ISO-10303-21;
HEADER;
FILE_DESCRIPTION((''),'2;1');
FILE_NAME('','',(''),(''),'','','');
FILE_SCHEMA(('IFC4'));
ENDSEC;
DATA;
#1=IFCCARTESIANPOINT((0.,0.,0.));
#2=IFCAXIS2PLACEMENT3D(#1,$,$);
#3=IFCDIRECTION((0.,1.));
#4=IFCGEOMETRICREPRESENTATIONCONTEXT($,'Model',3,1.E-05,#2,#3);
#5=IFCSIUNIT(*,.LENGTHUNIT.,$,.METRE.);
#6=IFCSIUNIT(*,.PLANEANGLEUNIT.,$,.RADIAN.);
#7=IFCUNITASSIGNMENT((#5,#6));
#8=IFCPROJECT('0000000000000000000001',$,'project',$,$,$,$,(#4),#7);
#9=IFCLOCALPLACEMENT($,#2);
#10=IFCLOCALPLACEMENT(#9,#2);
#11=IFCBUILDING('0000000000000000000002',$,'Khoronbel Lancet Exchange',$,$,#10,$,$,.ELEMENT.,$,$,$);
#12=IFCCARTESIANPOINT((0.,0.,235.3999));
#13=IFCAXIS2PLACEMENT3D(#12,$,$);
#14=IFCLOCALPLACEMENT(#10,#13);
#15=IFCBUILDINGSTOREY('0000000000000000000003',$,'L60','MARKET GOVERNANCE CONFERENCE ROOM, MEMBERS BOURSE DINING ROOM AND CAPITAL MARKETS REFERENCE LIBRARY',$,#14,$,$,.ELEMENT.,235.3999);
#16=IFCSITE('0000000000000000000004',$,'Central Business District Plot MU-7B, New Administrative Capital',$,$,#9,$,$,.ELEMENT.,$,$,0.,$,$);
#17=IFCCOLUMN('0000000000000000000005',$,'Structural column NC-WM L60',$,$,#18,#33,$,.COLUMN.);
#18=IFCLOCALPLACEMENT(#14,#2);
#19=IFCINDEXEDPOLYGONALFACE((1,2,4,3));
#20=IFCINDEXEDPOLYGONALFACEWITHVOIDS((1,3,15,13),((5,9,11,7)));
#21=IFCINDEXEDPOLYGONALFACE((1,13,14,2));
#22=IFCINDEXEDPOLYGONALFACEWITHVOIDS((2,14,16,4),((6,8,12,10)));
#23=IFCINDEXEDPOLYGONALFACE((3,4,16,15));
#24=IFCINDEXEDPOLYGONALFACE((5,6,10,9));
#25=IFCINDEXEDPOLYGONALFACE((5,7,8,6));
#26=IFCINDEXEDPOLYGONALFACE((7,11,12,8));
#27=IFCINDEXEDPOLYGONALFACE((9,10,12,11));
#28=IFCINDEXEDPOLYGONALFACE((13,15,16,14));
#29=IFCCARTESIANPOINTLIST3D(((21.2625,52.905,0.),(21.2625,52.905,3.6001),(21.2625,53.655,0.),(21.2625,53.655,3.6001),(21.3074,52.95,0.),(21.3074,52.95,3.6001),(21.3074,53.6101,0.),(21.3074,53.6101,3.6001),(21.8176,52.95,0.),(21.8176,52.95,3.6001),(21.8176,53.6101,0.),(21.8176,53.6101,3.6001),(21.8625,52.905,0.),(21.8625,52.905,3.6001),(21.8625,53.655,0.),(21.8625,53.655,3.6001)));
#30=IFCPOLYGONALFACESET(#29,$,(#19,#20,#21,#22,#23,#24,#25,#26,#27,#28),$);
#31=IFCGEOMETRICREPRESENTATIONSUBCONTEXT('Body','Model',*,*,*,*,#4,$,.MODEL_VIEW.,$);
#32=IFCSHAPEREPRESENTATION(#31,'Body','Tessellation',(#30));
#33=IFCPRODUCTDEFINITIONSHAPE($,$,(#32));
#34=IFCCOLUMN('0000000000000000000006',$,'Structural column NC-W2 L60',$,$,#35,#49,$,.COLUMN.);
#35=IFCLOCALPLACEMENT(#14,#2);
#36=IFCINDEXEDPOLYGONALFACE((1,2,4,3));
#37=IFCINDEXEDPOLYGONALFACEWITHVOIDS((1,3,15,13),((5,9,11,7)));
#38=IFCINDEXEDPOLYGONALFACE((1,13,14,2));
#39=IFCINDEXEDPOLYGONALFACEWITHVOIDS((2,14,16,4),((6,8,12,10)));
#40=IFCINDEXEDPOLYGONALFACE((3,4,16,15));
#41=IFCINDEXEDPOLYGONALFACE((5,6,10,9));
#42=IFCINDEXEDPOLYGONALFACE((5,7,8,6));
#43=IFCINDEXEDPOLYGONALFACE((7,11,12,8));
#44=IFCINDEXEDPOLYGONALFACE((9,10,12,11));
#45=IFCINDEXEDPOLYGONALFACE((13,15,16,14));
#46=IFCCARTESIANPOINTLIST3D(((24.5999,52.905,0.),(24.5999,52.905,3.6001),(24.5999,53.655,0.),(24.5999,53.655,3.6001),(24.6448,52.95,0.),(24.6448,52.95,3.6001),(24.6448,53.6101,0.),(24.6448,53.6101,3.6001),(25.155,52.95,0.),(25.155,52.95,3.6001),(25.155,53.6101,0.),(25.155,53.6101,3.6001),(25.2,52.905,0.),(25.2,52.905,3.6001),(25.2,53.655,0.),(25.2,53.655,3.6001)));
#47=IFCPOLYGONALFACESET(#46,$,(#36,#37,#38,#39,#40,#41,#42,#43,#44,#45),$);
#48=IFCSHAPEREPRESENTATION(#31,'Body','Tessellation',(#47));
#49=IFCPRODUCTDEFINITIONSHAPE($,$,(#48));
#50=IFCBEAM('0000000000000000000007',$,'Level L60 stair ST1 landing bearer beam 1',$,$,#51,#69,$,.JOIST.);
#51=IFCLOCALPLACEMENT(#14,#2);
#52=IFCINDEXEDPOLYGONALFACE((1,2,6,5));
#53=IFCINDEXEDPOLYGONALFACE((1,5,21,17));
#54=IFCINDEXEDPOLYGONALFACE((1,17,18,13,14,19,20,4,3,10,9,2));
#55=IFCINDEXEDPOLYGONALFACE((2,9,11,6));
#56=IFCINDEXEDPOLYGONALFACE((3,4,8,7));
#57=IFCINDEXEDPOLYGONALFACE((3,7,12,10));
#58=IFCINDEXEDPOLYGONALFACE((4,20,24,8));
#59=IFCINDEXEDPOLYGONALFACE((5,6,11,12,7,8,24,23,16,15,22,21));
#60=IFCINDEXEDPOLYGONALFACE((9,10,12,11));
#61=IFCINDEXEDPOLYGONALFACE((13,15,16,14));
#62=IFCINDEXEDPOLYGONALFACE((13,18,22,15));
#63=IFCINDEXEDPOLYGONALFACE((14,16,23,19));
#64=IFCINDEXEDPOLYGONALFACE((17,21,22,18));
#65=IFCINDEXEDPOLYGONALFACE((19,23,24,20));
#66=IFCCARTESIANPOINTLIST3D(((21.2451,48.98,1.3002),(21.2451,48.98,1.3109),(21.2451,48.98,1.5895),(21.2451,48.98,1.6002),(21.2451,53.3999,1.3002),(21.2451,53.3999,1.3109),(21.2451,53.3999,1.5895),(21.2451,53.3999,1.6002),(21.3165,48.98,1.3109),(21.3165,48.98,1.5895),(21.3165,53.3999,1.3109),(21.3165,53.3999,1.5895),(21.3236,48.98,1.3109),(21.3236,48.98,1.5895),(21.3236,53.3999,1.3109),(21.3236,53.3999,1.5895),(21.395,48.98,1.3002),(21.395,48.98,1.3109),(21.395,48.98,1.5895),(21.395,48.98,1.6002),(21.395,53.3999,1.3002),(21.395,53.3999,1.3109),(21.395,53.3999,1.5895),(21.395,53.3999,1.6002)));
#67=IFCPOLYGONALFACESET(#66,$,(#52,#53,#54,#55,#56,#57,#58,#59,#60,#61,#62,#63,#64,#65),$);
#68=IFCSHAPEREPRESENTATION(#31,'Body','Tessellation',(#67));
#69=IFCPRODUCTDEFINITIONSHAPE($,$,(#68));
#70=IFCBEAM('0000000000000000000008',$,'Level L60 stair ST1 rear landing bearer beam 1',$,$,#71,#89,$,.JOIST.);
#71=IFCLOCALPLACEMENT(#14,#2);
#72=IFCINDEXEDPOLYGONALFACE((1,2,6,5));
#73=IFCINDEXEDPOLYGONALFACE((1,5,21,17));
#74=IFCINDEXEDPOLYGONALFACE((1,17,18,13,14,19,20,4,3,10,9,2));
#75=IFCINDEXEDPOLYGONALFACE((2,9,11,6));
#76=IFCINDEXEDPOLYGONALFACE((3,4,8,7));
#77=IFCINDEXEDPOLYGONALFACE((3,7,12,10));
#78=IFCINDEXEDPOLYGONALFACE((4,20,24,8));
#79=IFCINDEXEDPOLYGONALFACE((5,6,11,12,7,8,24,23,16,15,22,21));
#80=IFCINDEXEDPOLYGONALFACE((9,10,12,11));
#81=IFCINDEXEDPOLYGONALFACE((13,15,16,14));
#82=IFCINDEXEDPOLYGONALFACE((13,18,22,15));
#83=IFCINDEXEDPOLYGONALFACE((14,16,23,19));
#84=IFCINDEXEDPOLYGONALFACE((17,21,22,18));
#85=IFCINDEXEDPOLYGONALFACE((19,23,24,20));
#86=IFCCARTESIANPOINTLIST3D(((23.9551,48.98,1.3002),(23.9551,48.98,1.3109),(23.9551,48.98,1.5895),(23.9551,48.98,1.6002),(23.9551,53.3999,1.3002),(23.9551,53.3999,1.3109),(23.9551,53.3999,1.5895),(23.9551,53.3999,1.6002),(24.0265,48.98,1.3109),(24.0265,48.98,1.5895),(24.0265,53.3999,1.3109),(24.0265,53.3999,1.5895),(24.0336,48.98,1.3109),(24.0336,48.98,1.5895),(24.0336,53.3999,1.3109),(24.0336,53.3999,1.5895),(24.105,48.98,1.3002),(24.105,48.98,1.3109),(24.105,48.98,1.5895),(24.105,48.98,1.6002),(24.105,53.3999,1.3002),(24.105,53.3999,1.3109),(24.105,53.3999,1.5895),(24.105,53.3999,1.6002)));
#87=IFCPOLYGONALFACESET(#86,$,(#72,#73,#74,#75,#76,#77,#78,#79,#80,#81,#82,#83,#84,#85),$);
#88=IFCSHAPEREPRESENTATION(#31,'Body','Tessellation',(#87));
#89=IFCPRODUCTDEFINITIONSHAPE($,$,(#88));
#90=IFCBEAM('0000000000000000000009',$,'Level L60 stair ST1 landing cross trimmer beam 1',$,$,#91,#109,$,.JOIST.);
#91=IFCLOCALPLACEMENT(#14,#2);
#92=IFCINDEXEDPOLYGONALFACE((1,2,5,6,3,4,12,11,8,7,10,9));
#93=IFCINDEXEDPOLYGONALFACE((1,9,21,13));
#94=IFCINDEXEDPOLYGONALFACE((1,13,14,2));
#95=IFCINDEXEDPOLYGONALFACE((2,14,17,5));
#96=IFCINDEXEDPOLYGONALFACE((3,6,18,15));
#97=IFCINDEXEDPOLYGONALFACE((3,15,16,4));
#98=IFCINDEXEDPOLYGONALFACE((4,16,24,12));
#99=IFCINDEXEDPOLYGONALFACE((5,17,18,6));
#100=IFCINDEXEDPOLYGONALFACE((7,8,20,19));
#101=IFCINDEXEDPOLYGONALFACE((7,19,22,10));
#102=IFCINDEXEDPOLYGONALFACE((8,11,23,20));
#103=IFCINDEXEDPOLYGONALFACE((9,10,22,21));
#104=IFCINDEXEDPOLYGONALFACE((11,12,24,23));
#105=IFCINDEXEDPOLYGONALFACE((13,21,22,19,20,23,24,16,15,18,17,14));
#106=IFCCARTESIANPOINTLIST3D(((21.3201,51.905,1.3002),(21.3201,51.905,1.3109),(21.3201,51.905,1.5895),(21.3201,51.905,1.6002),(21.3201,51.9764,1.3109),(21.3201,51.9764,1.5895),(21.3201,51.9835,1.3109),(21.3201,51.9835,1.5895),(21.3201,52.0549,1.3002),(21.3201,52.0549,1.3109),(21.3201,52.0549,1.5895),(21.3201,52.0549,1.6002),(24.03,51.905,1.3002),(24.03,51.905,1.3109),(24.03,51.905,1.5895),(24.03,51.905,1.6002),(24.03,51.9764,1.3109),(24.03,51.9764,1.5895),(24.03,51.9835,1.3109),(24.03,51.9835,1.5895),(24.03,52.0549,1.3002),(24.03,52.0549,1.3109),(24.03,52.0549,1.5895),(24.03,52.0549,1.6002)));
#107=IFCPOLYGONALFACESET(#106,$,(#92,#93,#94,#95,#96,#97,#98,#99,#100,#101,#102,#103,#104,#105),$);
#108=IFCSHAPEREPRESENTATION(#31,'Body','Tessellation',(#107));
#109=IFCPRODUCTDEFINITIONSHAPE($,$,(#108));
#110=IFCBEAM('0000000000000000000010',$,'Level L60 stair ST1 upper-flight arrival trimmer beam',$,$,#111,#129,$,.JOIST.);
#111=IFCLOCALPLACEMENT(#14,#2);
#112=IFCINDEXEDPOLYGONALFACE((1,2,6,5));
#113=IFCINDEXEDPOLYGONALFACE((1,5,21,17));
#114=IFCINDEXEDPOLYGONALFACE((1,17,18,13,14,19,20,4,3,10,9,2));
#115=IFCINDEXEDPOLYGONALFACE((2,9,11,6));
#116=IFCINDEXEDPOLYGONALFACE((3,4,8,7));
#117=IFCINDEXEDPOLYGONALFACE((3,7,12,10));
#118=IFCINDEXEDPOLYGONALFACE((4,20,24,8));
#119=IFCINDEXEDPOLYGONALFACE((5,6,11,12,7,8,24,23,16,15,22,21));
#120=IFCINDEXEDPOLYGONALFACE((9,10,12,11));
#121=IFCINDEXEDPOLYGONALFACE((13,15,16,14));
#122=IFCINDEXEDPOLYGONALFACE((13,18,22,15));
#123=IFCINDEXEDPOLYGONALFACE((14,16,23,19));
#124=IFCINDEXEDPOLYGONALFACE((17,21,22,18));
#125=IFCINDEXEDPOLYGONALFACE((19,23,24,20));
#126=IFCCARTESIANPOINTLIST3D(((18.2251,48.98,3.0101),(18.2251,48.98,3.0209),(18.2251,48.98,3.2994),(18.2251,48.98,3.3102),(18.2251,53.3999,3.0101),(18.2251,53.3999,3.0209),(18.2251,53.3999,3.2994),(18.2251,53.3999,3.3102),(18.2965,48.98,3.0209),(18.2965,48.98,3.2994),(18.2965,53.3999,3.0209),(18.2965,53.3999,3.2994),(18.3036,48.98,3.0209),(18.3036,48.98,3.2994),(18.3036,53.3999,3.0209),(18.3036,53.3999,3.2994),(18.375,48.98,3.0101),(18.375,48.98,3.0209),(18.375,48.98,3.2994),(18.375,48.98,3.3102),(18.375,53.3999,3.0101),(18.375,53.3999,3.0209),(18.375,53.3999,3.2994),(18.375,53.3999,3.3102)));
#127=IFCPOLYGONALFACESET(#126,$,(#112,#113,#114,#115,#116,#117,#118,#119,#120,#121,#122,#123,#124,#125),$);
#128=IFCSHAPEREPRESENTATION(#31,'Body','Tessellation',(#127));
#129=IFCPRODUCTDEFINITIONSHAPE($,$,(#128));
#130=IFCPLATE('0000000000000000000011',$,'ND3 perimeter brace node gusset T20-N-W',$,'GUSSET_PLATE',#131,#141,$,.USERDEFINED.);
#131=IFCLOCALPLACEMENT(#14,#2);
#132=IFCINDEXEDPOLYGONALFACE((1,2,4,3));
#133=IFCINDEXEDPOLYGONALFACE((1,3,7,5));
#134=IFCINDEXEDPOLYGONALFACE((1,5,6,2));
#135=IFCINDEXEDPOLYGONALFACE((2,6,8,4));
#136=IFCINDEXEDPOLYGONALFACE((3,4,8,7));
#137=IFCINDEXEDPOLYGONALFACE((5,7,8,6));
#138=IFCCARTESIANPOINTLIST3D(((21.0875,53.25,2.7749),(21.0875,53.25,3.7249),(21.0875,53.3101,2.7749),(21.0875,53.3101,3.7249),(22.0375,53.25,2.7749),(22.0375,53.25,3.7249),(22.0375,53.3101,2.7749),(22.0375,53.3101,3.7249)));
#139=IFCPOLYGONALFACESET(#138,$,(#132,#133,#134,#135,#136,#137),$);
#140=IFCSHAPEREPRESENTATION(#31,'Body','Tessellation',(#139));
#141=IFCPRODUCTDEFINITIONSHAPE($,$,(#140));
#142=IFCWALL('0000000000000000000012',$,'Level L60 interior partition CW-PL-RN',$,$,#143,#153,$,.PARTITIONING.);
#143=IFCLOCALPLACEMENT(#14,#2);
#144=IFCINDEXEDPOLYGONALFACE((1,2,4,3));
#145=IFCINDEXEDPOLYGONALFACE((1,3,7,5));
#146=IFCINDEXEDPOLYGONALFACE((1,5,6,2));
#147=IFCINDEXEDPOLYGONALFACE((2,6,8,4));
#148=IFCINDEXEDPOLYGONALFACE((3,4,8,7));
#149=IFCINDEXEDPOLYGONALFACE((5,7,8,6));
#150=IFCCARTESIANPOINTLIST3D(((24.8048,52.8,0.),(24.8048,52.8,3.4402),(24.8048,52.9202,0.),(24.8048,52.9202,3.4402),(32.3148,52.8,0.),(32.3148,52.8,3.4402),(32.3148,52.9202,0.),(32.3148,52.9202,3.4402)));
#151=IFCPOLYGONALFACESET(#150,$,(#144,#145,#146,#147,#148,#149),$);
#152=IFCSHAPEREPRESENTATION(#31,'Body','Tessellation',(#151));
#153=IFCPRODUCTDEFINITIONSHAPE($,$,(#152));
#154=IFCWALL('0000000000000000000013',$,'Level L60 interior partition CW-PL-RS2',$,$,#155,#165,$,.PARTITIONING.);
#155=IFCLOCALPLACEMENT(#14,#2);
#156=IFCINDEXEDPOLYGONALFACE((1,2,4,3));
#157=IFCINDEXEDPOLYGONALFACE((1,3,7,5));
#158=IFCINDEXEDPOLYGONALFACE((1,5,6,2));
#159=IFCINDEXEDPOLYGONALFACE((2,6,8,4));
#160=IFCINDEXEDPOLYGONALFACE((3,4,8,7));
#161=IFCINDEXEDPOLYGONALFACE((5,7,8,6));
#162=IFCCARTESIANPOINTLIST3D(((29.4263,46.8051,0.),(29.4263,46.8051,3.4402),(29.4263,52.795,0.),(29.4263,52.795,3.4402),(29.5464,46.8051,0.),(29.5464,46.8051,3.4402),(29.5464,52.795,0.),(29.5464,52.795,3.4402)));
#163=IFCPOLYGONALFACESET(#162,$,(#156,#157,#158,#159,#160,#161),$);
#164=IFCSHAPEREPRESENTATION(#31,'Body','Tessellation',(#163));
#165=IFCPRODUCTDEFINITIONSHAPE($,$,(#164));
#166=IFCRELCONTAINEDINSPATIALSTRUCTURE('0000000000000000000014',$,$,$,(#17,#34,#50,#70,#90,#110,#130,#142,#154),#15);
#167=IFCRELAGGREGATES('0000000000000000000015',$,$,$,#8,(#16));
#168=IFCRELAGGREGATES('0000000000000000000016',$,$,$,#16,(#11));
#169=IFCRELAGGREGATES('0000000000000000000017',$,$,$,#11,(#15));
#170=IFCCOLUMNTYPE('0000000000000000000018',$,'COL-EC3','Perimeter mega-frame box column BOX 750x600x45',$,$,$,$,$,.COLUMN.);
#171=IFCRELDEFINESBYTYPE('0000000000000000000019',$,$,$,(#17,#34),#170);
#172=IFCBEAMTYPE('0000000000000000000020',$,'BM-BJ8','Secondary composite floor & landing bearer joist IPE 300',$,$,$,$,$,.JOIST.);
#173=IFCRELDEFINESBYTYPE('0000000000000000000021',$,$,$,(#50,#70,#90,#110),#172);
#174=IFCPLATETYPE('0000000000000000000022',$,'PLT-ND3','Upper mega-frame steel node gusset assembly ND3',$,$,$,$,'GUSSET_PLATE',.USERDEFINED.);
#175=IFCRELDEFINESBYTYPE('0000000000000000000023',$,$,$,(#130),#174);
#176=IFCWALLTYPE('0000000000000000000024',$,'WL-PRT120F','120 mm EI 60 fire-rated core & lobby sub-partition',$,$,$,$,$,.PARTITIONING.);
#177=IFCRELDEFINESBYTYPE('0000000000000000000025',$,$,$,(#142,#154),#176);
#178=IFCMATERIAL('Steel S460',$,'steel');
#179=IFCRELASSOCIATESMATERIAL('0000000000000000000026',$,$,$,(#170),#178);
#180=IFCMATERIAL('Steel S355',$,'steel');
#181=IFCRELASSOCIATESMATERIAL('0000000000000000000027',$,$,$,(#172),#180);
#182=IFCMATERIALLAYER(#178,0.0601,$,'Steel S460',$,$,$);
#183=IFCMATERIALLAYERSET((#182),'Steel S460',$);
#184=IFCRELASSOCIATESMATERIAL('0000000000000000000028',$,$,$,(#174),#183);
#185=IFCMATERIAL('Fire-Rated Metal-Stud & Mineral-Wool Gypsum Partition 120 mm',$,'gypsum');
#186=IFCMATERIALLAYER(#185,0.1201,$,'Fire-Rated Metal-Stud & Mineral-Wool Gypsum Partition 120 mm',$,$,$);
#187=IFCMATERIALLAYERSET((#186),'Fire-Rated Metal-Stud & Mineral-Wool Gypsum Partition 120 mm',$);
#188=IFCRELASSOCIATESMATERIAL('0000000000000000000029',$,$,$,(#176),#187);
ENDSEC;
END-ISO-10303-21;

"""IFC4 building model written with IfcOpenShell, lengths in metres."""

from ifc_helpers import new_model, si_unit, direction, frame, frame_2d, origin, origin_2d, place, context, subcontext, project, spatial, rectangle, hollow_rectangle, i_section, extrude, material, layer, layer_set, material_profile, profile_set, type_object, element, save


model = new_model("IFC4")

# Units and contexts
model_context = context("Model", 3, precision=1e-05, world=origin(), true_north=direction((0.0, 1.0)))
body_context = subcontext(model_context, "Body", "Model", "MODEL_VIEW")
ifc_project = project(units=[si_unit("LENGTHUNIT", "METRE"), si_unit("PLANEANGLEUNIT", "RADIAN")], contexts=[model_context])

# Site, building, storey
site_placement = place(None, origin())
site = spatial("IfcSite", under=ifc_project, at=site_placement, Name="Central Business District Plot MU-7B, New Administrative Capital", CompositionType="ELEMENT", RefElevation=0.0)
building_placement = place(site_placement, origin())
building = spatial("IfcBuilding", under=site, at=building_placement, Name="Khoronbel Lancet Exchange", CompositionType="ELEMENT")
storey_placement = place(building_placement, frame((0.0, 0.0, 235.3999)))
storey = spatial("IfcBuildingStorey", under=building, at=storey_placement, Name="L60", Description="MARKET GOVERNANCE CONFERENCE ROOM, MEMBERS BOURSE DINING ROOM AND CAPITAL MARKETS REFERENCE LIBRARY", CompositionType="ELEMENT", Elevation=235.3999)

# Columns
ifc_material_1 = material(Name="Steel S460", Category="steel")
ifc_material_profile_1 = material_profile(ifc_material_1, hollow_rectangle(XDim=0.6001, YDim=0.75, WallThickness=0.0449, at=origin_2d()), Name="BOX 750x600x45")
ifc_profile_set_1 = profile_set([ifc_material_profile_1], Name="Steel S460")
column_type = type_object("IfcColumnType", Name="COL-EC3", Description="Perimeter mega-frame box column BOX 750x600x45", PredefinedType="COLUMN", material=ifc_profile_set_1)
for number, where, z_axis, x_axis, name in (
    (1, (21.5625, 53.28, 0.0), (0.0, 0.0, 1.0), (1.0, 0.0, 0.0), "Structural column NC-WM L60"),
    (2, (24.8999, 53.28, 0.0), (0.0, 0.0, 1.0), (1.0, 0.0, 0.0), "Structural column NC-W2 L60"),
):
    element("IfcColumn", number, at=place(storey_placement, frame(where, z_axis=z_axis, x_axis=x_axis)), inside=storey, type_object=column_type, Name=name, PredefinedType="COLUMN", context=body_context, shape_type="SweptSolid", body=[
        extrude(hollow_rectangle(XDim=0.6001, YDim=0.75, WallThickness=0.0449, at=origin_2d()), origin(), (0.0, 0.0, 1.0), 3.6001),
    ])

# Beams
ifc_material_2 = material(Name="Steel S355", Category="steel")
ifc_material_profile_2 = material_profile(ifc_material_2, i_section(OverallWidth=0.1499, OverallDepth=0.3, WebThickness=0.0071, FlangeThickness=0.0107, at=origin_2d()), Name="IPE 300")
ifc_profile_set_2 = profile_set([ifc_material_profile_2], Name="Steel S355")
beam_type = type_object("IfcBeamType", Name="BM-BJ8", Description="Secondary composite floor & landing bearer joist IPE 300", PredefinedType="JOIST", material=ifc_profile_set_2)
for number, where, z_axis, x_axis, name in (
    (3, (21.3201, 48.98, 1.4502), (0.0, 1.0, 0.0), (-1.0, 0.0, 0.0), "Level L60 stair ST1 landing bearer beam 1"),
    (4, (24.03, 48.98, 1.4502), (0.0, 1.0, 0.0), (-1.0, 0.0, 0.0), "Level L60 stair ST1 rear landing bearer beam 1"),
):
    element("IfcBeam", number, at=place(storey_placement, frame(where, z_axis=z_axis, x_axis=x_axis)), inside=storey, type_object=beam_type, Name=name, PredefinedType="JOIST", context=body_context, shape_type="SweptSolid", body=[
        extrude(i_section(OverallWidth=0.1499, OverallDepth=0.3, WebThickness=0.0071, FlangeThickness=0.0107, at=origin_2d()), origin(), (0.0, 0.0, 1.0), 4.4199),
    ])
beam_1_placement = place(storey_placement, frame((21.3201, 51.98, 1.4502), z_axis=(1.0, 0.0, 0.0), x_axis=(0.0, 1.0, 0.0)))
element("IfcBeam", 5, at=beam_1_placement, inside=storey, type_object=beam_type, Name="Level L60 stair ST1 landing cross trimmer beam 1", PredefinedType="JOIST", context=body_context, shape_type="SweptSolid", body=[
    extrude(i_section(OverallWidth=0.1499, OverallDepth=0.3, WebThickness=0.0071, FlangeThickness=0.0107, at=origin_2d()), origin(), (0.0, 0.0, 1.0), 2.71),
])
beam_2_placement = place(storey_placement, frame((18.3, 48.98, 3.1602), z_axis=(0.0, 1.0, 0.0), x_axis=(-1.0, 0.0, 0.0)))
element("IfcBeam", 6, at=beam_2_placement, inside=storey, type_object=beam_type, Name="Level L60 stair ST1 upper-flight arrival trimmer beam", PredefinedType="JOIST", context=body_context, shape_type="SweptSolid", body=[
    extrude(i_section(OverallWidth=0.1499, OverallDepth=0.3, WebThickness=0.0071, FlangeThickness=0.0107, at=origin_2d()), origin(), (0.0, 0.0, 1.0), 4.4199),
])

# Plate
ifc_layer_1 = layer(ifc_material_1, 0.0601, Name="Steel S460")
ifc_layer_set_1 = layer_set([ifc_layer_1], Name="Steel S460")
plate_type = type_object("IfcPlateType", Name="PLT-ND3", Description="Upper mega-frame steel node gusset assembly ND3", ElementType="GUSSET_PLATE", PredefinedType="USERDEFINED", material=ifc_layer_set_1)
plate_placement = place(storey_placement, frame((21.5625, 53.28, 2.7749), z_axis=(0.0, 0.0, 1.0), x_axis=(1.0, 0.0, 0.0)))
element("IfcPlate", 7, at=plate_placement, inside=storey, type_object=plate_type, Name="ND3 perimeter brace node gusset T20-N-W", ObjectType="GUSSET_PLATE", PredefinedType="USERDEFINED", context=body_context, shape_type="SweptSolid", body=[
    extrude(rectangle(XDim=0.95, YDim=0.0601, at=origin_2d()), origin(), (0.0, 0.0, 1.0), 0.95),
])

# Walls
ifc_material_3 = material(Name="Fire-Rated Metal-Stud & Mineral-Wool Gypsum Partition 120 mm", Category="gypsum")
ifc_layer_2 = layer(ifc_material_3, 0.1201, Name="Fire-Rated Metal-Stud & Mineral-Wool Gypsum Partition 120 mm")
ifc_layer_set_2 = layer_set([ifc_layer_2], Name="Fire-Rated Metal-Stud & Mineral-Wool Gypsum Partition 120 mm")
wall_type_1 = type_object("IfcWallType", Name="WL-PRT120F", Description="120 mm EI 60 fire-rated core & lobby sub-partition", PredefinedType="PARTITIONING", material=ifc_layer_set_2)
wall_1_placement = place(storey_placement, frame((24.8049, 52.8601, 0.0), z_axis=(0.0, 0.0, 1.0), x_axis=(1.0, 0.0, 0.0)))
element("IfcWall", 8, at=wall_1_placement, inside=storey, type_object=wall_type_1, Name="Level L60 interior partition CW-PL-RN", PredefinedType="PARTITIONING", context=body_context, shape_type="SweptSolid", body=[
    extrude(rectangle(XDim=7.51, YDim=0.1201, at=frame_2d((3.7549, 0.0))), origin(), (0.0, 0.0, 1.0), 3.4402),
])
wall_2_placement = place(storey_placement, frame((29.4863, 46.8049, 0.0), z_axis=(0.0, 0.0, 1.0), x_axis=(0.0, 1.0, 0.0)))
element("IfcWall", 9, at=wall_2_placement, inside=storey, type_object=wall_type_1, Name="Level L60 interior partition CW-PL-RS2", PredefinedType="PARTITIONING", context=body_context, shape_type="SweptSolid", body=[
    extrude(rectangle(XDim=5.99, YDim=0.1201, at=frame_2d((2.9951, 0.0))), origin(), (0.0, 0.0, 1.0), 3.4402),
])

save(model, "model.ifc")
